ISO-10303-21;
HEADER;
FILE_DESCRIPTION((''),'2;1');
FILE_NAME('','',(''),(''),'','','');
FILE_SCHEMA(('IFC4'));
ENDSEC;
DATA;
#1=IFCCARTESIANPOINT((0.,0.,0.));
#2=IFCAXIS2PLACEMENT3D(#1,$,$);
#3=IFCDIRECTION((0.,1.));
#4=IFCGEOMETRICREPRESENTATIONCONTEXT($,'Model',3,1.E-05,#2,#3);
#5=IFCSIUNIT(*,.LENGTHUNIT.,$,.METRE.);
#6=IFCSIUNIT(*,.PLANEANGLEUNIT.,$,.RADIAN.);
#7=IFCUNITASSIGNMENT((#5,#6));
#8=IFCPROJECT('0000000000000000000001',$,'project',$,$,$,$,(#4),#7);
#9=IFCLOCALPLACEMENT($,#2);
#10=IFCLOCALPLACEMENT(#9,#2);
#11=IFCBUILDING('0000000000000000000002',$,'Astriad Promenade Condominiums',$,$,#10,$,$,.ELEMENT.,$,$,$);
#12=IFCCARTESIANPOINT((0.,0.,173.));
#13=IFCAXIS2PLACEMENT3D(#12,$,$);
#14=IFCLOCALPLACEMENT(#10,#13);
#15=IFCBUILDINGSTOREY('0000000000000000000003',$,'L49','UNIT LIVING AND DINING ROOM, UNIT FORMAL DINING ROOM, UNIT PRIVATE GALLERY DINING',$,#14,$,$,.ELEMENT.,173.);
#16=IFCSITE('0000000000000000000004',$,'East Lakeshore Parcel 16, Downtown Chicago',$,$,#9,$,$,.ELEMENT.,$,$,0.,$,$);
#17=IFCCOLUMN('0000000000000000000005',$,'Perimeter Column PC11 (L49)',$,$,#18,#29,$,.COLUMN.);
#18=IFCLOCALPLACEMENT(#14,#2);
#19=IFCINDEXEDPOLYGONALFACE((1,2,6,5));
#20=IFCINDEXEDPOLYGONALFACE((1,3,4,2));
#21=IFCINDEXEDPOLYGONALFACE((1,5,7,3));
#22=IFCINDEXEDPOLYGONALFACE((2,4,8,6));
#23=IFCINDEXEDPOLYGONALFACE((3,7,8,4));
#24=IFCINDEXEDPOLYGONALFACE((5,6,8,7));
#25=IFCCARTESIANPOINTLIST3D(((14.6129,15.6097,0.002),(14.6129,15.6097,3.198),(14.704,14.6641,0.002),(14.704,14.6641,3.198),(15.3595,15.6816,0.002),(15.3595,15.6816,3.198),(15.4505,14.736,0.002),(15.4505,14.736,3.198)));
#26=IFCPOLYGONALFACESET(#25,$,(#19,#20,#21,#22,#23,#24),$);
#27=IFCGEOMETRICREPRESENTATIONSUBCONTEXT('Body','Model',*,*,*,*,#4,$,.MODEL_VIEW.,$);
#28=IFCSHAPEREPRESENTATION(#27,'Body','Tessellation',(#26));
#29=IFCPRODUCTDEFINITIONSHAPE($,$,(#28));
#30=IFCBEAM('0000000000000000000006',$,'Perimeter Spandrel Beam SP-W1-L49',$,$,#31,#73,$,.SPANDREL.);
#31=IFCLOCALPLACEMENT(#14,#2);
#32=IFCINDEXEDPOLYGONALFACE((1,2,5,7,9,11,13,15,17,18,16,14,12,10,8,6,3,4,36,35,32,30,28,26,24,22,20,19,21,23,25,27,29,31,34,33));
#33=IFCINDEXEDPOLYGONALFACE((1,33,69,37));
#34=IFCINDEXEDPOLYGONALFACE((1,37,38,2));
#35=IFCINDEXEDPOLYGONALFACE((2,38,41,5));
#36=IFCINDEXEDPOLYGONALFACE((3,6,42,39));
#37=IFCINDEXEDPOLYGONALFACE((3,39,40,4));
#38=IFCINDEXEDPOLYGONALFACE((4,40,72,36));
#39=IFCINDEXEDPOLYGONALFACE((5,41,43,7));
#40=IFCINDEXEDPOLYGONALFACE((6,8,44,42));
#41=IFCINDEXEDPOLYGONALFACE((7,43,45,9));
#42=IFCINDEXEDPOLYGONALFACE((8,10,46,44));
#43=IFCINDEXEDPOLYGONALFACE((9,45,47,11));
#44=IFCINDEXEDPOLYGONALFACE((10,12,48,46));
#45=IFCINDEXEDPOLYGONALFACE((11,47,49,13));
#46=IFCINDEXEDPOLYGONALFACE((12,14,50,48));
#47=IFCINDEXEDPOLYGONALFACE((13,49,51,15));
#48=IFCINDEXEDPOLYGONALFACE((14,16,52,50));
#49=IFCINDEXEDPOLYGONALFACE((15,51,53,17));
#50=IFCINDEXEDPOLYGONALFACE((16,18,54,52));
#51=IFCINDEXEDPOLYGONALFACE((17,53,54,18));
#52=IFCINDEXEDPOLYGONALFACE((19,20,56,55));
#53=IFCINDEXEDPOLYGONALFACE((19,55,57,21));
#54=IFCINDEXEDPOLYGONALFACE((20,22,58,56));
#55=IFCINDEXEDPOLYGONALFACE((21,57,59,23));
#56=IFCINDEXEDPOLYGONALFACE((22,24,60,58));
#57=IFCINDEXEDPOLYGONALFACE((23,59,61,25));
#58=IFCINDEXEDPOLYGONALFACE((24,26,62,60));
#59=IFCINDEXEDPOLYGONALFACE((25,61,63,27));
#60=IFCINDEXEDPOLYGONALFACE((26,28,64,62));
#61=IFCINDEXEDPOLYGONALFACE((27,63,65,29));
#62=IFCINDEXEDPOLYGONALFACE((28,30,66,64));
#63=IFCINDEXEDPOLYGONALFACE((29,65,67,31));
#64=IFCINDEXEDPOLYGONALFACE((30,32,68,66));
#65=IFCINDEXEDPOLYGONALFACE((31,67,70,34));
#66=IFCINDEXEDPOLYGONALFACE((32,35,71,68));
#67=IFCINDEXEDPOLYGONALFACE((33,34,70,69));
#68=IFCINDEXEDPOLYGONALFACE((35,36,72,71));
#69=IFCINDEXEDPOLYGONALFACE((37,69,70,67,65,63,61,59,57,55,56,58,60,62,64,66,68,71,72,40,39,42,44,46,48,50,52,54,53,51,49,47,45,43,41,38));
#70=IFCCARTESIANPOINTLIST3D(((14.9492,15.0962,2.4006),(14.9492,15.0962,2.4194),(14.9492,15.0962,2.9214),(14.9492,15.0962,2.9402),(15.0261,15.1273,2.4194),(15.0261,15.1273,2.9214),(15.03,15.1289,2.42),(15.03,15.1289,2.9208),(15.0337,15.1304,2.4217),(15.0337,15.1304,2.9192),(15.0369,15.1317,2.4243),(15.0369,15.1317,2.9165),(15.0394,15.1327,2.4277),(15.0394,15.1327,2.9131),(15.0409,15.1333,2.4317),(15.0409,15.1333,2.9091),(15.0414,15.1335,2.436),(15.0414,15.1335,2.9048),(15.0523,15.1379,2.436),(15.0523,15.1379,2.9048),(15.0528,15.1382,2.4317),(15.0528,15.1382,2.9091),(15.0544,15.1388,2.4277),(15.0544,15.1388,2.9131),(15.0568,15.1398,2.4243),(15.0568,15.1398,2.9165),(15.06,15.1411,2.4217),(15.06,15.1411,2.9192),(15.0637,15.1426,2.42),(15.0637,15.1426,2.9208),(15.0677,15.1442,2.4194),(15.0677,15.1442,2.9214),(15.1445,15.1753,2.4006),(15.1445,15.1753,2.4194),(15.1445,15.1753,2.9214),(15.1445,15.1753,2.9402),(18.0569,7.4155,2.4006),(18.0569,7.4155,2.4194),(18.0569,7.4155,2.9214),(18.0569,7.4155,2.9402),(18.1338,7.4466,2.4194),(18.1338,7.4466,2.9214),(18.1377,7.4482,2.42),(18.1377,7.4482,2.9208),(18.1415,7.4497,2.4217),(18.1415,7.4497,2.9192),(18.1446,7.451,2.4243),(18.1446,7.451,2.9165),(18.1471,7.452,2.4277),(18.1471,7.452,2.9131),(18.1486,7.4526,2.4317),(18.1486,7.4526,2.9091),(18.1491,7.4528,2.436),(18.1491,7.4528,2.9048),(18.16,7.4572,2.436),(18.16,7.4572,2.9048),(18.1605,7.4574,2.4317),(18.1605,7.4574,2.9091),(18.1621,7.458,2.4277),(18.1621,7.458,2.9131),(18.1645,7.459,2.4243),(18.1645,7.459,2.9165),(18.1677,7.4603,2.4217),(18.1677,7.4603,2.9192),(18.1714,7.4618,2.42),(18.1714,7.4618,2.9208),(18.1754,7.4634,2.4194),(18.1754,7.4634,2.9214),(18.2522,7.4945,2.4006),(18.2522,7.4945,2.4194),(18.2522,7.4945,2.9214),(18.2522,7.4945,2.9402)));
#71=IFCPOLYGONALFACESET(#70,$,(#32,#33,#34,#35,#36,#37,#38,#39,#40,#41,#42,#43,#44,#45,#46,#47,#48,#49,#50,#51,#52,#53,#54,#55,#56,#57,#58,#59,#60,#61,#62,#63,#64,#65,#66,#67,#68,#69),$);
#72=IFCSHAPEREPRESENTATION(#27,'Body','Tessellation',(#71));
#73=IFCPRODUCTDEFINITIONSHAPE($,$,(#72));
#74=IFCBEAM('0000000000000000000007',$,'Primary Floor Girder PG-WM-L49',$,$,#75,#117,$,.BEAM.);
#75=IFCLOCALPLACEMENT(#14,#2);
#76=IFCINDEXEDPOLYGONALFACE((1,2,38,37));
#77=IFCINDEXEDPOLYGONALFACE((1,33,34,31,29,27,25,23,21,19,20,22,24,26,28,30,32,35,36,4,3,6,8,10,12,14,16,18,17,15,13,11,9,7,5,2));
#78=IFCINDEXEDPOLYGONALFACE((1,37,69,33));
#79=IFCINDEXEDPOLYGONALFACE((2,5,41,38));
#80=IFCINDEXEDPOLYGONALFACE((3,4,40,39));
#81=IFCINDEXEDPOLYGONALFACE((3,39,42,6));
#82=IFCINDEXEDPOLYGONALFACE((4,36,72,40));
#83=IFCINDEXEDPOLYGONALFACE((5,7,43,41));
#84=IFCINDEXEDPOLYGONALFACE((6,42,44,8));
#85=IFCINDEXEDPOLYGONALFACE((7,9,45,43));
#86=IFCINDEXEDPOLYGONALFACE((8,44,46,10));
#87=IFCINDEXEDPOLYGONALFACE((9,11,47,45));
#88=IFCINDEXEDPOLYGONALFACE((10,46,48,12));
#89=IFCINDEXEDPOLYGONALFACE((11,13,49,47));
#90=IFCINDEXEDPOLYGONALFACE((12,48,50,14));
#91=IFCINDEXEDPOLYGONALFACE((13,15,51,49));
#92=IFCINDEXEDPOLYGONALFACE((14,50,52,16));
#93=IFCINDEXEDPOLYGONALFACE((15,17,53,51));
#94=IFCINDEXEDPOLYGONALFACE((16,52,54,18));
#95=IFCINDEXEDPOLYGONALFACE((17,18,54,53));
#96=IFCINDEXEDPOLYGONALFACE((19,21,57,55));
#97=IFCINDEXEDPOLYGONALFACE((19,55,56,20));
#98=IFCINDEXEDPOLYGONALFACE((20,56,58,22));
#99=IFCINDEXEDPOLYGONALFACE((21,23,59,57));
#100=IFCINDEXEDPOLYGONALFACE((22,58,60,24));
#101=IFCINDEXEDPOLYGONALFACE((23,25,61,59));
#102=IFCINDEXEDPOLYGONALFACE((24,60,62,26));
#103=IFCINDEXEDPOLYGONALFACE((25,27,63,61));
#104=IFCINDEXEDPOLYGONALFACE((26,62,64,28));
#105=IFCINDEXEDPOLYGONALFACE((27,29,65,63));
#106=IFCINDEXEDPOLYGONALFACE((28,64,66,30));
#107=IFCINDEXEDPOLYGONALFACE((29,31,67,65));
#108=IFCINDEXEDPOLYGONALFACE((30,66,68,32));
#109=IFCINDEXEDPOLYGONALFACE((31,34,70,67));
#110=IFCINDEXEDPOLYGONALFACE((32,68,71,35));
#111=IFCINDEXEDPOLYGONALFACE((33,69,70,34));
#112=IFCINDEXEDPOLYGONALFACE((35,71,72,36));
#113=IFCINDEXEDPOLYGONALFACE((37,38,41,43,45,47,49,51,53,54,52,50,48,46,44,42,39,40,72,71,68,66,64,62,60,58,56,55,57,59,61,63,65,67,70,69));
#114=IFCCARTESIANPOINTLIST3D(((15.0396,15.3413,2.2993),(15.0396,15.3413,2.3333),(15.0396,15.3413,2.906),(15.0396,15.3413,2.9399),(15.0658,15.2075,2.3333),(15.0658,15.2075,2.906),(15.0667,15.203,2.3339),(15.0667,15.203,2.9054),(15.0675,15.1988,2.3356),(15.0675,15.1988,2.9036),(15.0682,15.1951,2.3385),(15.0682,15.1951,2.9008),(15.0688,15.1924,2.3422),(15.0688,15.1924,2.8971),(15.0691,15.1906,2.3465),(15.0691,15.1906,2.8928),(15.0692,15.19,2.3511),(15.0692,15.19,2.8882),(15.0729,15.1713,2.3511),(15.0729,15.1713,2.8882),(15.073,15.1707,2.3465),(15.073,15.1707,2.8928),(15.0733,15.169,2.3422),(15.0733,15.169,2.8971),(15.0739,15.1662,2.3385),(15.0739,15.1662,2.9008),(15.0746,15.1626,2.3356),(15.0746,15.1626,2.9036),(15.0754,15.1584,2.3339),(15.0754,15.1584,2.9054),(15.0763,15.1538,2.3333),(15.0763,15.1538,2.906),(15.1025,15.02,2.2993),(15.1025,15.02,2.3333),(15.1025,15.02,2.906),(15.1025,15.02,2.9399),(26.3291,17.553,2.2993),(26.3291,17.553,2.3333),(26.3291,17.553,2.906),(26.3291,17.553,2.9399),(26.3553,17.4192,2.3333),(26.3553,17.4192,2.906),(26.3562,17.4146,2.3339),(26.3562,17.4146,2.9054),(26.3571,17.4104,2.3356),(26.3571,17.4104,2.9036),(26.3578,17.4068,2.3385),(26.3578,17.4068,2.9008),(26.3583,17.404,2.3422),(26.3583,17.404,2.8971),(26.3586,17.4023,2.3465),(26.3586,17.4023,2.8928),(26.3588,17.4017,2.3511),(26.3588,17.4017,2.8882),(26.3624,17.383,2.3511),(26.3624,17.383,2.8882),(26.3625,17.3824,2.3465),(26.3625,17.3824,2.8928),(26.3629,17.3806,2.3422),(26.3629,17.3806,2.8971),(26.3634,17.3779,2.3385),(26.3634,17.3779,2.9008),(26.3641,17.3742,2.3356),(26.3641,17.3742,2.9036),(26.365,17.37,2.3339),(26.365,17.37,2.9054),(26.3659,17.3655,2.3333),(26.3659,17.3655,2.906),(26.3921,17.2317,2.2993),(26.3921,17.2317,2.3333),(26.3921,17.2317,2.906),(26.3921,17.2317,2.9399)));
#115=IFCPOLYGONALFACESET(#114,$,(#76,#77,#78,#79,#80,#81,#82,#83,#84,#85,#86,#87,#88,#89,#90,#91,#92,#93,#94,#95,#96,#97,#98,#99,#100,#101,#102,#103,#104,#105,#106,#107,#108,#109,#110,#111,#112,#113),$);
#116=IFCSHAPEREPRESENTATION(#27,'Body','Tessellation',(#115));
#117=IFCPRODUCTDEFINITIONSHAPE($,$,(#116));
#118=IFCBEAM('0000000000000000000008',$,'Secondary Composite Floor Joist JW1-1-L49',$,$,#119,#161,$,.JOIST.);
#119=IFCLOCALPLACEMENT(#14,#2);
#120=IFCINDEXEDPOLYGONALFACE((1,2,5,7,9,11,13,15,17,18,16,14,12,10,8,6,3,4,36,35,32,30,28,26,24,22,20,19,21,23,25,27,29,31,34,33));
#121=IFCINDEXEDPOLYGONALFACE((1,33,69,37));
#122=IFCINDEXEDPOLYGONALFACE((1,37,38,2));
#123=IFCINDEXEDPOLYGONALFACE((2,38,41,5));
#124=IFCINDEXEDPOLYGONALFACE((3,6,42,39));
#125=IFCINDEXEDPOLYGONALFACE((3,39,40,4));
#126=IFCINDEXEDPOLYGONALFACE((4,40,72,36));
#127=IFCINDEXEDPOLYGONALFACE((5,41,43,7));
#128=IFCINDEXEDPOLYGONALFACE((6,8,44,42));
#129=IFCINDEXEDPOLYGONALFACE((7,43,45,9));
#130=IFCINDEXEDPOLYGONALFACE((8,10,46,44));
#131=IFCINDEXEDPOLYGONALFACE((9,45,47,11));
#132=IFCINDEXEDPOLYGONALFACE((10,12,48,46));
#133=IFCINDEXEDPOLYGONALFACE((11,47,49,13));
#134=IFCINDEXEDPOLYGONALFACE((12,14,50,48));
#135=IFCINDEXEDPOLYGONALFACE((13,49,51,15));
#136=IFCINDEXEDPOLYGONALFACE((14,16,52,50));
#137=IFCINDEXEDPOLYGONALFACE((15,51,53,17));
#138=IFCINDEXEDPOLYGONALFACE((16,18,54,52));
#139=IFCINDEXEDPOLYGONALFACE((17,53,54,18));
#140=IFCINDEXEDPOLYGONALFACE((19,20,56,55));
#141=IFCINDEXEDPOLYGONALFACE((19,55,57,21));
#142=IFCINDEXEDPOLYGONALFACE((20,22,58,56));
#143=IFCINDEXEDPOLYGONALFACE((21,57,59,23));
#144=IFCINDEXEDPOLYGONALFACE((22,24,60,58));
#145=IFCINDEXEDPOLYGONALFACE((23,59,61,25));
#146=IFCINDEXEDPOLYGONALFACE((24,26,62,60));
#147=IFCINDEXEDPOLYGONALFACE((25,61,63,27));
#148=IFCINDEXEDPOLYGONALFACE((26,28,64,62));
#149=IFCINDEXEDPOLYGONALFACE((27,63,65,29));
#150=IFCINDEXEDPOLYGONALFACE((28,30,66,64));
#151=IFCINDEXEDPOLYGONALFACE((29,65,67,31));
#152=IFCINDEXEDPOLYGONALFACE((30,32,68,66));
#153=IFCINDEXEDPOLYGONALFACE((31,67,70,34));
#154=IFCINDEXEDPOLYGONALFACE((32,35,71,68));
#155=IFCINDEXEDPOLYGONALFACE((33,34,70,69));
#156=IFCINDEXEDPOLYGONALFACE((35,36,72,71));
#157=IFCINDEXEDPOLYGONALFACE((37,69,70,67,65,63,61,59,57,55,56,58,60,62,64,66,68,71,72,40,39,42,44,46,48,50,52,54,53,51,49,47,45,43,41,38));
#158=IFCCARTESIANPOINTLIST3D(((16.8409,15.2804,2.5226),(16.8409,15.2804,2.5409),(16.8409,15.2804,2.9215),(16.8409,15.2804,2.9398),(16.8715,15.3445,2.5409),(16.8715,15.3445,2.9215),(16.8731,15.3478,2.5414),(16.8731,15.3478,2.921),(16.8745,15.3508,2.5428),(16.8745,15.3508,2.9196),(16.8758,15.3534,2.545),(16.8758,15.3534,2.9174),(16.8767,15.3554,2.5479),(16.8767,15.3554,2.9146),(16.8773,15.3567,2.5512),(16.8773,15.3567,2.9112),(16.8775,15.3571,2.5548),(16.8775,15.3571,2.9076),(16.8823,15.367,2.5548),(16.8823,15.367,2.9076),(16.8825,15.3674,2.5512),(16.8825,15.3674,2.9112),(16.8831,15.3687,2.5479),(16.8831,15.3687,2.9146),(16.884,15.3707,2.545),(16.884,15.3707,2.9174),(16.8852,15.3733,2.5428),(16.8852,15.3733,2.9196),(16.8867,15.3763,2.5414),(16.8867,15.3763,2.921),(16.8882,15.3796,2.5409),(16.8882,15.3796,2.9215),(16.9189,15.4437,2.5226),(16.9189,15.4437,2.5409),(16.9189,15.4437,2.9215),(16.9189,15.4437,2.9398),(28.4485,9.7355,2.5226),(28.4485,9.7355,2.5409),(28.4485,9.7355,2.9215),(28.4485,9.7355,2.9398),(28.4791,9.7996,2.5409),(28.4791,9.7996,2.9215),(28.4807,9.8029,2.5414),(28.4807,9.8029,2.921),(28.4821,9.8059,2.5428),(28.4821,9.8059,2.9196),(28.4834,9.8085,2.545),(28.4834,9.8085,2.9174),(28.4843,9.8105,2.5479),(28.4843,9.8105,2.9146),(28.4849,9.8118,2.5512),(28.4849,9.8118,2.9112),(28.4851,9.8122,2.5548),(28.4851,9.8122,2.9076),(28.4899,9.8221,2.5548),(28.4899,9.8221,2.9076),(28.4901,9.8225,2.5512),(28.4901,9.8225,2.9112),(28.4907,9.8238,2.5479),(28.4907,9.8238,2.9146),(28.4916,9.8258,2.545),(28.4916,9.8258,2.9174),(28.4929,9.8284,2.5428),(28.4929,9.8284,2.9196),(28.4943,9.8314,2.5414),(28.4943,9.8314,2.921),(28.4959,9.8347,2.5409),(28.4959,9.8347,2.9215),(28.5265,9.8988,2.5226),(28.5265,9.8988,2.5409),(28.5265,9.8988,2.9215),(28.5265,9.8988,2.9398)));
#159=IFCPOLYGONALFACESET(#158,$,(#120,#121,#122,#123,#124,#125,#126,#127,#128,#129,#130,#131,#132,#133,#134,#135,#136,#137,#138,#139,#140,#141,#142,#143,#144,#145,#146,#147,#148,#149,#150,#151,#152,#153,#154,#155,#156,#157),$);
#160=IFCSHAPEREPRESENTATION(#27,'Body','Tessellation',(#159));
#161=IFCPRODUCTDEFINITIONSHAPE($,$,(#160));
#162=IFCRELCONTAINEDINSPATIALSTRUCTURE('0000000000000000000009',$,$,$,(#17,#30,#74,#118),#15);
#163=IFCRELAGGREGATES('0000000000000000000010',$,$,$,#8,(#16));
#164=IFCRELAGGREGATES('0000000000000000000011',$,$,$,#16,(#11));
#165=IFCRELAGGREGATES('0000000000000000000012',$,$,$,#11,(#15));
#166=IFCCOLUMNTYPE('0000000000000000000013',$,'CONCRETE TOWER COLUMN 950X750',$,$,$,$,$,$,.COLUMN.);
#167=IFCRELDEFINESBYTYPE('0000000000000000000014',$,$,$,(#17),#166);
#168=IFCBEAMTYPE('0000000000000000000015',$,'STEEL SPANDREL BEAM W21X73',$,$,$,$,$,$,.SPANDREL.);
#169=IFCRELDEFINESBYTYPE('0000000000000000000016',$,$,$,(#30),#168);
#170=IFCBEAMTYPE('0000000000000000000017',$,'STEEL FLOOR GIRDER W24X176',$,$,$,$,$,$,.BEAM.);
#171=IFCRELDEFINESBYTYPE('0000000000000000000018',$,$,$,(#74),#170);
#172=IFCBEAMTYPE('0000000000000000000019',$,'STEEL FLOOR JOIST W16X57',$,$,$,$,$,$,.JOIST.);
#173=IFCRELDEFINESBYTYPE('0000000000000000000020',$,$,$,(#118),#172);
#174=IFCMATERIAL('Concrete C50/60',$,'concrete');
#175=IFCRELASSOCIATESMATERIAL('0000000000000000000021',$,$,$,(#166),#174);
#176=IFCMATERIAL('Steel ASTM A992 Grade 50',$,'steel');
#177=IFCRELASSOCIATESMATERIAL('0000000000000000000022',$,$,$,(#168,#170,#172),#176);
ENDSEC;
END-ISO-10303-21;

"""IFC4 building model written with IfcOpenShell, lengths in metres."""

from ifc_helpers import new_model, si_unit, direction, frame, origin, origin_2d, place, context, subcontext, project, spatial, rectangle, i_section, extrude, source, transform, mapped, material, material_profile, profile_set, type_object, type_shapes, element, save


model = new_model("IFC4")

# Units and contexts
model_context = context("Model", 3, precision=1e-05, world=origin(), true_north=direction((0.0, 1.0)))
body_context = subcontext(model_context, "Body", "Model", "MODEL_VIEW")
ifc_project = project(units=[si_unit("LENGTHUNIT", "METRE"), si_unit("PLANEANGLEUNIT", "RADIAN")], contexts=[model_context])

# Site, building, storey
site_placement = place(None, origin())
site = spatial("IfcSite", under=ifc_project, at=site_placement, Name="East Lakeshore Parcel 16, Downtown Chicago", CompositionType="ELEMENT", RefElevation=0.0)
building_placement = place(site_placement, origin())
building = spatial("IfcBuilding", under=site, at=building_placement, Name="Astriad Promenade Condominiums", CompositionType="ELEMENT")
storey_placement = place(building_placement, frame((0.0, 0.0, 173.0)))
storey = spatial("IfcBuildingStorey", under=building, at=storey_placement, Name="L49", Description="UNIT LIVING AND DINING ROOM, UNIT FORMAL DINING ROOM, UNIT PRIVATE GALLERY DINING", CompositionType="ELEMENT", Elevation=173.0)

# Column
ifc_material_1 = material(Name="Concrete C50/60", Category="concrete")
ifc_material_profile_1 = material_profile(ifc_material_1, rectangle(XDim=0.75, YDim=0.95, at=origin_2d()), Name="RC-COL-950X750")
ifc_profile_set_1 = profile_set([ifc_material_profile_1], Name="Concrete C50/60")
column_type = type_object("IfcColumnType", Name="CONCRETE TOWER COLUMN 950X750", PredefinedType="COLUMN", material=ifc_profile_set_1)
shared_shape_1 = source(origin(), body_context, "Body", "SweptSolid", [
    extrude(rectangle(XDim=0.75, YDim=0.95, at=origin_2d()), origin(), (0.0, 0.0, 1.0), 3.196),
])
type_shapes(column_type, [shared_shape_1])
column_placement = place(storey_placement, frame((15.0317, 15.1729, 0.002), z_axis=(0.0, 0.0, 1.0), x_axis=(0.995396, 0.095846, 0.0)))
element("IfcColumn", 1, at=column_placement, inside=storey, type_object=column_type, Name="Perimeter Column PC11 (L49)", PredefinedType="COLUMN", context=body_context, shape_type="MappedRepresentation", body=[
    mapped(shared_shape_1, transform((0.0, 0.0, 0.0), scale=1.0)),
])

# Beams
ifc_material_2 = material(Name="Steel ASTM A992 Grade 50", Category="steel")
ifc_material_profile_2 = material_profile(ifc_material_2, i_section(OverallWidth=0.2107, OverallDepth=0.5396, WebThickness=0.0117, FlangeThickness=0.0188, FilletRadius=0.0166, at=origin_2d()), Name="W21X73")
ifc_profile_set_2 = profile_set([ifc_material_profile_2], Name="Steel ASTM A992 Grade 50")
beam_type_1 = type_object("IfcBeamType", Name="STEEL SPANDREL BEAM W21X73", PredefinedType="SPANDREL", material=ifc_profile_set_2)
shared_shape_2 = source(origin(), body_context, "Body", "SweptSolid", [
    extrude(i_section(OverallWidth=0.2107, OverallDepth=0.5396, WebThickness=0.0117, FlangeThickness=0.0188, FilletRadius=0.0166, at=origin_2d()), origin(), (0.0, 0.0, 1.0), 8.2856),
])
type_shapes(beam_type_1, [shared_shape_2])
beam_1_placement = place(storey_placement, frame((15.0469, 15.1357, 2.6704), z_axis=(0.375071, -0.926996, 0.0), x_axis=(0.926996, 0.375071, 0.0)))
element("IfcBeam", 2, at=beam_1_placement, inside=storey, type_object=beam_type_1, Name="Perimeter Spandrel Beam SP-W1-L49", PredefinedType="SPANDREL", context=body_context, shape_type="MappedRepresentation", body=[
    mapped(shared_shape_2, transform((0.0, 0.0, 0.0), scale=1.0)),
])
ifc_material_profile_3 = material_profile(ifc_material_2, i_section(OverallWidth=0.3274, OverallDepth=0.6406, WebThickness=0.019, FlangeThickness=0.0339, FilletRadius=0.0178, at=origin_2d()), Name="W24X176")
ifc_profile_set_3 = profile_set([ifc_material_profile_3], Name="Steel ASTM A992 Grade 50")
beam_type_2 = type_object("IfcBeamType", Name="STEEL FLOOR GIRDER W24X176", PredefinedType="BEAM", material=ifc_profile_set_3)
shared_shape_3 = source(origin(), body_context, "Body", "SweptSolid", [
    extrude(i_section(OverallWidth=0.3274, OverallDepth=0.6406, WebThickness=0.019, FlangeThickness=0.0339, FilletRadius=0.0178, at=origin_2d()), origin(), (0.0, 0.0, 1.0), 11.5042),
])
type_shapes(beam_type_2, [shared_shape_3])
beam_2_placement = place(storey_placement, frame((15.071, 15.1807, 2.6196), z_axis=(0.981346, 0.19225, 0.0), x_axis=(-0.19225, 0.981346, 0.0)))
element("IfcBeam", 3, at=beam_2_placement, inside=storey, type_object=beam_type_2, Name="Primary Floor Girder PG-WM-L49", PredefinedType="BEAM", context=body_context, shape_type="MappedRepresentation", body=[
    mapped(shared_shape_3, transform((0.0, 0.0, 0.0), scale=1.0)),
])
ifc_material_profile_4 = material_profile(ifc_material_2, i_section(OverallWidth=0.1809, OverallDepth=0.4172, WebThickness=0.011, FlangeThickness=0.0183, FilletRadius=0.0139, at=origin_2d()), Name="W16X57")
ifc_profile_set_4 = profile_set([ifc_material_profile_4], Name="Steel ASTM A992 Grade 50")
beam_type_3 = type_object("IfcBeamType", Name="STEEL FLOOR JOIST W16X57", PredefinedType="JOIST", material=ifc_profile_set_4)
shared_shape_4 = source(origin(), body_context, "Body", "SweptSolid", [
    extrude(i_section(OverallWidth=0.1809, OverallDepth=0.4172, WebThickness=0.011, FlangeThickness=0.0183, FilletRadius=0.0139, at=origin_2d()), origin(), (0.0, 0.0, 1.0), 12.864),
])
beam_3_placement = place(storey_placement, frame((16.8799, 15.3621, 2.7312), z_axis=(0.902333, -0.43104, 0.0), x_axis=(0.43104, 0.902333, 0.0)))
element("IfcBeam", 4, at=beam_3_placement, inside=storey, type_object=beam_type_3, Name="Secondary Composite Floor Joist JW1-1-L49", PredefinedType="JOIST", context=body_context, shape_type="MappedRepresentation", body=[
    mapped(shared_shape_4, transform((0.0, 0.0, 0.0), scale=1.0)),
])

save(model, "model.ifc")
